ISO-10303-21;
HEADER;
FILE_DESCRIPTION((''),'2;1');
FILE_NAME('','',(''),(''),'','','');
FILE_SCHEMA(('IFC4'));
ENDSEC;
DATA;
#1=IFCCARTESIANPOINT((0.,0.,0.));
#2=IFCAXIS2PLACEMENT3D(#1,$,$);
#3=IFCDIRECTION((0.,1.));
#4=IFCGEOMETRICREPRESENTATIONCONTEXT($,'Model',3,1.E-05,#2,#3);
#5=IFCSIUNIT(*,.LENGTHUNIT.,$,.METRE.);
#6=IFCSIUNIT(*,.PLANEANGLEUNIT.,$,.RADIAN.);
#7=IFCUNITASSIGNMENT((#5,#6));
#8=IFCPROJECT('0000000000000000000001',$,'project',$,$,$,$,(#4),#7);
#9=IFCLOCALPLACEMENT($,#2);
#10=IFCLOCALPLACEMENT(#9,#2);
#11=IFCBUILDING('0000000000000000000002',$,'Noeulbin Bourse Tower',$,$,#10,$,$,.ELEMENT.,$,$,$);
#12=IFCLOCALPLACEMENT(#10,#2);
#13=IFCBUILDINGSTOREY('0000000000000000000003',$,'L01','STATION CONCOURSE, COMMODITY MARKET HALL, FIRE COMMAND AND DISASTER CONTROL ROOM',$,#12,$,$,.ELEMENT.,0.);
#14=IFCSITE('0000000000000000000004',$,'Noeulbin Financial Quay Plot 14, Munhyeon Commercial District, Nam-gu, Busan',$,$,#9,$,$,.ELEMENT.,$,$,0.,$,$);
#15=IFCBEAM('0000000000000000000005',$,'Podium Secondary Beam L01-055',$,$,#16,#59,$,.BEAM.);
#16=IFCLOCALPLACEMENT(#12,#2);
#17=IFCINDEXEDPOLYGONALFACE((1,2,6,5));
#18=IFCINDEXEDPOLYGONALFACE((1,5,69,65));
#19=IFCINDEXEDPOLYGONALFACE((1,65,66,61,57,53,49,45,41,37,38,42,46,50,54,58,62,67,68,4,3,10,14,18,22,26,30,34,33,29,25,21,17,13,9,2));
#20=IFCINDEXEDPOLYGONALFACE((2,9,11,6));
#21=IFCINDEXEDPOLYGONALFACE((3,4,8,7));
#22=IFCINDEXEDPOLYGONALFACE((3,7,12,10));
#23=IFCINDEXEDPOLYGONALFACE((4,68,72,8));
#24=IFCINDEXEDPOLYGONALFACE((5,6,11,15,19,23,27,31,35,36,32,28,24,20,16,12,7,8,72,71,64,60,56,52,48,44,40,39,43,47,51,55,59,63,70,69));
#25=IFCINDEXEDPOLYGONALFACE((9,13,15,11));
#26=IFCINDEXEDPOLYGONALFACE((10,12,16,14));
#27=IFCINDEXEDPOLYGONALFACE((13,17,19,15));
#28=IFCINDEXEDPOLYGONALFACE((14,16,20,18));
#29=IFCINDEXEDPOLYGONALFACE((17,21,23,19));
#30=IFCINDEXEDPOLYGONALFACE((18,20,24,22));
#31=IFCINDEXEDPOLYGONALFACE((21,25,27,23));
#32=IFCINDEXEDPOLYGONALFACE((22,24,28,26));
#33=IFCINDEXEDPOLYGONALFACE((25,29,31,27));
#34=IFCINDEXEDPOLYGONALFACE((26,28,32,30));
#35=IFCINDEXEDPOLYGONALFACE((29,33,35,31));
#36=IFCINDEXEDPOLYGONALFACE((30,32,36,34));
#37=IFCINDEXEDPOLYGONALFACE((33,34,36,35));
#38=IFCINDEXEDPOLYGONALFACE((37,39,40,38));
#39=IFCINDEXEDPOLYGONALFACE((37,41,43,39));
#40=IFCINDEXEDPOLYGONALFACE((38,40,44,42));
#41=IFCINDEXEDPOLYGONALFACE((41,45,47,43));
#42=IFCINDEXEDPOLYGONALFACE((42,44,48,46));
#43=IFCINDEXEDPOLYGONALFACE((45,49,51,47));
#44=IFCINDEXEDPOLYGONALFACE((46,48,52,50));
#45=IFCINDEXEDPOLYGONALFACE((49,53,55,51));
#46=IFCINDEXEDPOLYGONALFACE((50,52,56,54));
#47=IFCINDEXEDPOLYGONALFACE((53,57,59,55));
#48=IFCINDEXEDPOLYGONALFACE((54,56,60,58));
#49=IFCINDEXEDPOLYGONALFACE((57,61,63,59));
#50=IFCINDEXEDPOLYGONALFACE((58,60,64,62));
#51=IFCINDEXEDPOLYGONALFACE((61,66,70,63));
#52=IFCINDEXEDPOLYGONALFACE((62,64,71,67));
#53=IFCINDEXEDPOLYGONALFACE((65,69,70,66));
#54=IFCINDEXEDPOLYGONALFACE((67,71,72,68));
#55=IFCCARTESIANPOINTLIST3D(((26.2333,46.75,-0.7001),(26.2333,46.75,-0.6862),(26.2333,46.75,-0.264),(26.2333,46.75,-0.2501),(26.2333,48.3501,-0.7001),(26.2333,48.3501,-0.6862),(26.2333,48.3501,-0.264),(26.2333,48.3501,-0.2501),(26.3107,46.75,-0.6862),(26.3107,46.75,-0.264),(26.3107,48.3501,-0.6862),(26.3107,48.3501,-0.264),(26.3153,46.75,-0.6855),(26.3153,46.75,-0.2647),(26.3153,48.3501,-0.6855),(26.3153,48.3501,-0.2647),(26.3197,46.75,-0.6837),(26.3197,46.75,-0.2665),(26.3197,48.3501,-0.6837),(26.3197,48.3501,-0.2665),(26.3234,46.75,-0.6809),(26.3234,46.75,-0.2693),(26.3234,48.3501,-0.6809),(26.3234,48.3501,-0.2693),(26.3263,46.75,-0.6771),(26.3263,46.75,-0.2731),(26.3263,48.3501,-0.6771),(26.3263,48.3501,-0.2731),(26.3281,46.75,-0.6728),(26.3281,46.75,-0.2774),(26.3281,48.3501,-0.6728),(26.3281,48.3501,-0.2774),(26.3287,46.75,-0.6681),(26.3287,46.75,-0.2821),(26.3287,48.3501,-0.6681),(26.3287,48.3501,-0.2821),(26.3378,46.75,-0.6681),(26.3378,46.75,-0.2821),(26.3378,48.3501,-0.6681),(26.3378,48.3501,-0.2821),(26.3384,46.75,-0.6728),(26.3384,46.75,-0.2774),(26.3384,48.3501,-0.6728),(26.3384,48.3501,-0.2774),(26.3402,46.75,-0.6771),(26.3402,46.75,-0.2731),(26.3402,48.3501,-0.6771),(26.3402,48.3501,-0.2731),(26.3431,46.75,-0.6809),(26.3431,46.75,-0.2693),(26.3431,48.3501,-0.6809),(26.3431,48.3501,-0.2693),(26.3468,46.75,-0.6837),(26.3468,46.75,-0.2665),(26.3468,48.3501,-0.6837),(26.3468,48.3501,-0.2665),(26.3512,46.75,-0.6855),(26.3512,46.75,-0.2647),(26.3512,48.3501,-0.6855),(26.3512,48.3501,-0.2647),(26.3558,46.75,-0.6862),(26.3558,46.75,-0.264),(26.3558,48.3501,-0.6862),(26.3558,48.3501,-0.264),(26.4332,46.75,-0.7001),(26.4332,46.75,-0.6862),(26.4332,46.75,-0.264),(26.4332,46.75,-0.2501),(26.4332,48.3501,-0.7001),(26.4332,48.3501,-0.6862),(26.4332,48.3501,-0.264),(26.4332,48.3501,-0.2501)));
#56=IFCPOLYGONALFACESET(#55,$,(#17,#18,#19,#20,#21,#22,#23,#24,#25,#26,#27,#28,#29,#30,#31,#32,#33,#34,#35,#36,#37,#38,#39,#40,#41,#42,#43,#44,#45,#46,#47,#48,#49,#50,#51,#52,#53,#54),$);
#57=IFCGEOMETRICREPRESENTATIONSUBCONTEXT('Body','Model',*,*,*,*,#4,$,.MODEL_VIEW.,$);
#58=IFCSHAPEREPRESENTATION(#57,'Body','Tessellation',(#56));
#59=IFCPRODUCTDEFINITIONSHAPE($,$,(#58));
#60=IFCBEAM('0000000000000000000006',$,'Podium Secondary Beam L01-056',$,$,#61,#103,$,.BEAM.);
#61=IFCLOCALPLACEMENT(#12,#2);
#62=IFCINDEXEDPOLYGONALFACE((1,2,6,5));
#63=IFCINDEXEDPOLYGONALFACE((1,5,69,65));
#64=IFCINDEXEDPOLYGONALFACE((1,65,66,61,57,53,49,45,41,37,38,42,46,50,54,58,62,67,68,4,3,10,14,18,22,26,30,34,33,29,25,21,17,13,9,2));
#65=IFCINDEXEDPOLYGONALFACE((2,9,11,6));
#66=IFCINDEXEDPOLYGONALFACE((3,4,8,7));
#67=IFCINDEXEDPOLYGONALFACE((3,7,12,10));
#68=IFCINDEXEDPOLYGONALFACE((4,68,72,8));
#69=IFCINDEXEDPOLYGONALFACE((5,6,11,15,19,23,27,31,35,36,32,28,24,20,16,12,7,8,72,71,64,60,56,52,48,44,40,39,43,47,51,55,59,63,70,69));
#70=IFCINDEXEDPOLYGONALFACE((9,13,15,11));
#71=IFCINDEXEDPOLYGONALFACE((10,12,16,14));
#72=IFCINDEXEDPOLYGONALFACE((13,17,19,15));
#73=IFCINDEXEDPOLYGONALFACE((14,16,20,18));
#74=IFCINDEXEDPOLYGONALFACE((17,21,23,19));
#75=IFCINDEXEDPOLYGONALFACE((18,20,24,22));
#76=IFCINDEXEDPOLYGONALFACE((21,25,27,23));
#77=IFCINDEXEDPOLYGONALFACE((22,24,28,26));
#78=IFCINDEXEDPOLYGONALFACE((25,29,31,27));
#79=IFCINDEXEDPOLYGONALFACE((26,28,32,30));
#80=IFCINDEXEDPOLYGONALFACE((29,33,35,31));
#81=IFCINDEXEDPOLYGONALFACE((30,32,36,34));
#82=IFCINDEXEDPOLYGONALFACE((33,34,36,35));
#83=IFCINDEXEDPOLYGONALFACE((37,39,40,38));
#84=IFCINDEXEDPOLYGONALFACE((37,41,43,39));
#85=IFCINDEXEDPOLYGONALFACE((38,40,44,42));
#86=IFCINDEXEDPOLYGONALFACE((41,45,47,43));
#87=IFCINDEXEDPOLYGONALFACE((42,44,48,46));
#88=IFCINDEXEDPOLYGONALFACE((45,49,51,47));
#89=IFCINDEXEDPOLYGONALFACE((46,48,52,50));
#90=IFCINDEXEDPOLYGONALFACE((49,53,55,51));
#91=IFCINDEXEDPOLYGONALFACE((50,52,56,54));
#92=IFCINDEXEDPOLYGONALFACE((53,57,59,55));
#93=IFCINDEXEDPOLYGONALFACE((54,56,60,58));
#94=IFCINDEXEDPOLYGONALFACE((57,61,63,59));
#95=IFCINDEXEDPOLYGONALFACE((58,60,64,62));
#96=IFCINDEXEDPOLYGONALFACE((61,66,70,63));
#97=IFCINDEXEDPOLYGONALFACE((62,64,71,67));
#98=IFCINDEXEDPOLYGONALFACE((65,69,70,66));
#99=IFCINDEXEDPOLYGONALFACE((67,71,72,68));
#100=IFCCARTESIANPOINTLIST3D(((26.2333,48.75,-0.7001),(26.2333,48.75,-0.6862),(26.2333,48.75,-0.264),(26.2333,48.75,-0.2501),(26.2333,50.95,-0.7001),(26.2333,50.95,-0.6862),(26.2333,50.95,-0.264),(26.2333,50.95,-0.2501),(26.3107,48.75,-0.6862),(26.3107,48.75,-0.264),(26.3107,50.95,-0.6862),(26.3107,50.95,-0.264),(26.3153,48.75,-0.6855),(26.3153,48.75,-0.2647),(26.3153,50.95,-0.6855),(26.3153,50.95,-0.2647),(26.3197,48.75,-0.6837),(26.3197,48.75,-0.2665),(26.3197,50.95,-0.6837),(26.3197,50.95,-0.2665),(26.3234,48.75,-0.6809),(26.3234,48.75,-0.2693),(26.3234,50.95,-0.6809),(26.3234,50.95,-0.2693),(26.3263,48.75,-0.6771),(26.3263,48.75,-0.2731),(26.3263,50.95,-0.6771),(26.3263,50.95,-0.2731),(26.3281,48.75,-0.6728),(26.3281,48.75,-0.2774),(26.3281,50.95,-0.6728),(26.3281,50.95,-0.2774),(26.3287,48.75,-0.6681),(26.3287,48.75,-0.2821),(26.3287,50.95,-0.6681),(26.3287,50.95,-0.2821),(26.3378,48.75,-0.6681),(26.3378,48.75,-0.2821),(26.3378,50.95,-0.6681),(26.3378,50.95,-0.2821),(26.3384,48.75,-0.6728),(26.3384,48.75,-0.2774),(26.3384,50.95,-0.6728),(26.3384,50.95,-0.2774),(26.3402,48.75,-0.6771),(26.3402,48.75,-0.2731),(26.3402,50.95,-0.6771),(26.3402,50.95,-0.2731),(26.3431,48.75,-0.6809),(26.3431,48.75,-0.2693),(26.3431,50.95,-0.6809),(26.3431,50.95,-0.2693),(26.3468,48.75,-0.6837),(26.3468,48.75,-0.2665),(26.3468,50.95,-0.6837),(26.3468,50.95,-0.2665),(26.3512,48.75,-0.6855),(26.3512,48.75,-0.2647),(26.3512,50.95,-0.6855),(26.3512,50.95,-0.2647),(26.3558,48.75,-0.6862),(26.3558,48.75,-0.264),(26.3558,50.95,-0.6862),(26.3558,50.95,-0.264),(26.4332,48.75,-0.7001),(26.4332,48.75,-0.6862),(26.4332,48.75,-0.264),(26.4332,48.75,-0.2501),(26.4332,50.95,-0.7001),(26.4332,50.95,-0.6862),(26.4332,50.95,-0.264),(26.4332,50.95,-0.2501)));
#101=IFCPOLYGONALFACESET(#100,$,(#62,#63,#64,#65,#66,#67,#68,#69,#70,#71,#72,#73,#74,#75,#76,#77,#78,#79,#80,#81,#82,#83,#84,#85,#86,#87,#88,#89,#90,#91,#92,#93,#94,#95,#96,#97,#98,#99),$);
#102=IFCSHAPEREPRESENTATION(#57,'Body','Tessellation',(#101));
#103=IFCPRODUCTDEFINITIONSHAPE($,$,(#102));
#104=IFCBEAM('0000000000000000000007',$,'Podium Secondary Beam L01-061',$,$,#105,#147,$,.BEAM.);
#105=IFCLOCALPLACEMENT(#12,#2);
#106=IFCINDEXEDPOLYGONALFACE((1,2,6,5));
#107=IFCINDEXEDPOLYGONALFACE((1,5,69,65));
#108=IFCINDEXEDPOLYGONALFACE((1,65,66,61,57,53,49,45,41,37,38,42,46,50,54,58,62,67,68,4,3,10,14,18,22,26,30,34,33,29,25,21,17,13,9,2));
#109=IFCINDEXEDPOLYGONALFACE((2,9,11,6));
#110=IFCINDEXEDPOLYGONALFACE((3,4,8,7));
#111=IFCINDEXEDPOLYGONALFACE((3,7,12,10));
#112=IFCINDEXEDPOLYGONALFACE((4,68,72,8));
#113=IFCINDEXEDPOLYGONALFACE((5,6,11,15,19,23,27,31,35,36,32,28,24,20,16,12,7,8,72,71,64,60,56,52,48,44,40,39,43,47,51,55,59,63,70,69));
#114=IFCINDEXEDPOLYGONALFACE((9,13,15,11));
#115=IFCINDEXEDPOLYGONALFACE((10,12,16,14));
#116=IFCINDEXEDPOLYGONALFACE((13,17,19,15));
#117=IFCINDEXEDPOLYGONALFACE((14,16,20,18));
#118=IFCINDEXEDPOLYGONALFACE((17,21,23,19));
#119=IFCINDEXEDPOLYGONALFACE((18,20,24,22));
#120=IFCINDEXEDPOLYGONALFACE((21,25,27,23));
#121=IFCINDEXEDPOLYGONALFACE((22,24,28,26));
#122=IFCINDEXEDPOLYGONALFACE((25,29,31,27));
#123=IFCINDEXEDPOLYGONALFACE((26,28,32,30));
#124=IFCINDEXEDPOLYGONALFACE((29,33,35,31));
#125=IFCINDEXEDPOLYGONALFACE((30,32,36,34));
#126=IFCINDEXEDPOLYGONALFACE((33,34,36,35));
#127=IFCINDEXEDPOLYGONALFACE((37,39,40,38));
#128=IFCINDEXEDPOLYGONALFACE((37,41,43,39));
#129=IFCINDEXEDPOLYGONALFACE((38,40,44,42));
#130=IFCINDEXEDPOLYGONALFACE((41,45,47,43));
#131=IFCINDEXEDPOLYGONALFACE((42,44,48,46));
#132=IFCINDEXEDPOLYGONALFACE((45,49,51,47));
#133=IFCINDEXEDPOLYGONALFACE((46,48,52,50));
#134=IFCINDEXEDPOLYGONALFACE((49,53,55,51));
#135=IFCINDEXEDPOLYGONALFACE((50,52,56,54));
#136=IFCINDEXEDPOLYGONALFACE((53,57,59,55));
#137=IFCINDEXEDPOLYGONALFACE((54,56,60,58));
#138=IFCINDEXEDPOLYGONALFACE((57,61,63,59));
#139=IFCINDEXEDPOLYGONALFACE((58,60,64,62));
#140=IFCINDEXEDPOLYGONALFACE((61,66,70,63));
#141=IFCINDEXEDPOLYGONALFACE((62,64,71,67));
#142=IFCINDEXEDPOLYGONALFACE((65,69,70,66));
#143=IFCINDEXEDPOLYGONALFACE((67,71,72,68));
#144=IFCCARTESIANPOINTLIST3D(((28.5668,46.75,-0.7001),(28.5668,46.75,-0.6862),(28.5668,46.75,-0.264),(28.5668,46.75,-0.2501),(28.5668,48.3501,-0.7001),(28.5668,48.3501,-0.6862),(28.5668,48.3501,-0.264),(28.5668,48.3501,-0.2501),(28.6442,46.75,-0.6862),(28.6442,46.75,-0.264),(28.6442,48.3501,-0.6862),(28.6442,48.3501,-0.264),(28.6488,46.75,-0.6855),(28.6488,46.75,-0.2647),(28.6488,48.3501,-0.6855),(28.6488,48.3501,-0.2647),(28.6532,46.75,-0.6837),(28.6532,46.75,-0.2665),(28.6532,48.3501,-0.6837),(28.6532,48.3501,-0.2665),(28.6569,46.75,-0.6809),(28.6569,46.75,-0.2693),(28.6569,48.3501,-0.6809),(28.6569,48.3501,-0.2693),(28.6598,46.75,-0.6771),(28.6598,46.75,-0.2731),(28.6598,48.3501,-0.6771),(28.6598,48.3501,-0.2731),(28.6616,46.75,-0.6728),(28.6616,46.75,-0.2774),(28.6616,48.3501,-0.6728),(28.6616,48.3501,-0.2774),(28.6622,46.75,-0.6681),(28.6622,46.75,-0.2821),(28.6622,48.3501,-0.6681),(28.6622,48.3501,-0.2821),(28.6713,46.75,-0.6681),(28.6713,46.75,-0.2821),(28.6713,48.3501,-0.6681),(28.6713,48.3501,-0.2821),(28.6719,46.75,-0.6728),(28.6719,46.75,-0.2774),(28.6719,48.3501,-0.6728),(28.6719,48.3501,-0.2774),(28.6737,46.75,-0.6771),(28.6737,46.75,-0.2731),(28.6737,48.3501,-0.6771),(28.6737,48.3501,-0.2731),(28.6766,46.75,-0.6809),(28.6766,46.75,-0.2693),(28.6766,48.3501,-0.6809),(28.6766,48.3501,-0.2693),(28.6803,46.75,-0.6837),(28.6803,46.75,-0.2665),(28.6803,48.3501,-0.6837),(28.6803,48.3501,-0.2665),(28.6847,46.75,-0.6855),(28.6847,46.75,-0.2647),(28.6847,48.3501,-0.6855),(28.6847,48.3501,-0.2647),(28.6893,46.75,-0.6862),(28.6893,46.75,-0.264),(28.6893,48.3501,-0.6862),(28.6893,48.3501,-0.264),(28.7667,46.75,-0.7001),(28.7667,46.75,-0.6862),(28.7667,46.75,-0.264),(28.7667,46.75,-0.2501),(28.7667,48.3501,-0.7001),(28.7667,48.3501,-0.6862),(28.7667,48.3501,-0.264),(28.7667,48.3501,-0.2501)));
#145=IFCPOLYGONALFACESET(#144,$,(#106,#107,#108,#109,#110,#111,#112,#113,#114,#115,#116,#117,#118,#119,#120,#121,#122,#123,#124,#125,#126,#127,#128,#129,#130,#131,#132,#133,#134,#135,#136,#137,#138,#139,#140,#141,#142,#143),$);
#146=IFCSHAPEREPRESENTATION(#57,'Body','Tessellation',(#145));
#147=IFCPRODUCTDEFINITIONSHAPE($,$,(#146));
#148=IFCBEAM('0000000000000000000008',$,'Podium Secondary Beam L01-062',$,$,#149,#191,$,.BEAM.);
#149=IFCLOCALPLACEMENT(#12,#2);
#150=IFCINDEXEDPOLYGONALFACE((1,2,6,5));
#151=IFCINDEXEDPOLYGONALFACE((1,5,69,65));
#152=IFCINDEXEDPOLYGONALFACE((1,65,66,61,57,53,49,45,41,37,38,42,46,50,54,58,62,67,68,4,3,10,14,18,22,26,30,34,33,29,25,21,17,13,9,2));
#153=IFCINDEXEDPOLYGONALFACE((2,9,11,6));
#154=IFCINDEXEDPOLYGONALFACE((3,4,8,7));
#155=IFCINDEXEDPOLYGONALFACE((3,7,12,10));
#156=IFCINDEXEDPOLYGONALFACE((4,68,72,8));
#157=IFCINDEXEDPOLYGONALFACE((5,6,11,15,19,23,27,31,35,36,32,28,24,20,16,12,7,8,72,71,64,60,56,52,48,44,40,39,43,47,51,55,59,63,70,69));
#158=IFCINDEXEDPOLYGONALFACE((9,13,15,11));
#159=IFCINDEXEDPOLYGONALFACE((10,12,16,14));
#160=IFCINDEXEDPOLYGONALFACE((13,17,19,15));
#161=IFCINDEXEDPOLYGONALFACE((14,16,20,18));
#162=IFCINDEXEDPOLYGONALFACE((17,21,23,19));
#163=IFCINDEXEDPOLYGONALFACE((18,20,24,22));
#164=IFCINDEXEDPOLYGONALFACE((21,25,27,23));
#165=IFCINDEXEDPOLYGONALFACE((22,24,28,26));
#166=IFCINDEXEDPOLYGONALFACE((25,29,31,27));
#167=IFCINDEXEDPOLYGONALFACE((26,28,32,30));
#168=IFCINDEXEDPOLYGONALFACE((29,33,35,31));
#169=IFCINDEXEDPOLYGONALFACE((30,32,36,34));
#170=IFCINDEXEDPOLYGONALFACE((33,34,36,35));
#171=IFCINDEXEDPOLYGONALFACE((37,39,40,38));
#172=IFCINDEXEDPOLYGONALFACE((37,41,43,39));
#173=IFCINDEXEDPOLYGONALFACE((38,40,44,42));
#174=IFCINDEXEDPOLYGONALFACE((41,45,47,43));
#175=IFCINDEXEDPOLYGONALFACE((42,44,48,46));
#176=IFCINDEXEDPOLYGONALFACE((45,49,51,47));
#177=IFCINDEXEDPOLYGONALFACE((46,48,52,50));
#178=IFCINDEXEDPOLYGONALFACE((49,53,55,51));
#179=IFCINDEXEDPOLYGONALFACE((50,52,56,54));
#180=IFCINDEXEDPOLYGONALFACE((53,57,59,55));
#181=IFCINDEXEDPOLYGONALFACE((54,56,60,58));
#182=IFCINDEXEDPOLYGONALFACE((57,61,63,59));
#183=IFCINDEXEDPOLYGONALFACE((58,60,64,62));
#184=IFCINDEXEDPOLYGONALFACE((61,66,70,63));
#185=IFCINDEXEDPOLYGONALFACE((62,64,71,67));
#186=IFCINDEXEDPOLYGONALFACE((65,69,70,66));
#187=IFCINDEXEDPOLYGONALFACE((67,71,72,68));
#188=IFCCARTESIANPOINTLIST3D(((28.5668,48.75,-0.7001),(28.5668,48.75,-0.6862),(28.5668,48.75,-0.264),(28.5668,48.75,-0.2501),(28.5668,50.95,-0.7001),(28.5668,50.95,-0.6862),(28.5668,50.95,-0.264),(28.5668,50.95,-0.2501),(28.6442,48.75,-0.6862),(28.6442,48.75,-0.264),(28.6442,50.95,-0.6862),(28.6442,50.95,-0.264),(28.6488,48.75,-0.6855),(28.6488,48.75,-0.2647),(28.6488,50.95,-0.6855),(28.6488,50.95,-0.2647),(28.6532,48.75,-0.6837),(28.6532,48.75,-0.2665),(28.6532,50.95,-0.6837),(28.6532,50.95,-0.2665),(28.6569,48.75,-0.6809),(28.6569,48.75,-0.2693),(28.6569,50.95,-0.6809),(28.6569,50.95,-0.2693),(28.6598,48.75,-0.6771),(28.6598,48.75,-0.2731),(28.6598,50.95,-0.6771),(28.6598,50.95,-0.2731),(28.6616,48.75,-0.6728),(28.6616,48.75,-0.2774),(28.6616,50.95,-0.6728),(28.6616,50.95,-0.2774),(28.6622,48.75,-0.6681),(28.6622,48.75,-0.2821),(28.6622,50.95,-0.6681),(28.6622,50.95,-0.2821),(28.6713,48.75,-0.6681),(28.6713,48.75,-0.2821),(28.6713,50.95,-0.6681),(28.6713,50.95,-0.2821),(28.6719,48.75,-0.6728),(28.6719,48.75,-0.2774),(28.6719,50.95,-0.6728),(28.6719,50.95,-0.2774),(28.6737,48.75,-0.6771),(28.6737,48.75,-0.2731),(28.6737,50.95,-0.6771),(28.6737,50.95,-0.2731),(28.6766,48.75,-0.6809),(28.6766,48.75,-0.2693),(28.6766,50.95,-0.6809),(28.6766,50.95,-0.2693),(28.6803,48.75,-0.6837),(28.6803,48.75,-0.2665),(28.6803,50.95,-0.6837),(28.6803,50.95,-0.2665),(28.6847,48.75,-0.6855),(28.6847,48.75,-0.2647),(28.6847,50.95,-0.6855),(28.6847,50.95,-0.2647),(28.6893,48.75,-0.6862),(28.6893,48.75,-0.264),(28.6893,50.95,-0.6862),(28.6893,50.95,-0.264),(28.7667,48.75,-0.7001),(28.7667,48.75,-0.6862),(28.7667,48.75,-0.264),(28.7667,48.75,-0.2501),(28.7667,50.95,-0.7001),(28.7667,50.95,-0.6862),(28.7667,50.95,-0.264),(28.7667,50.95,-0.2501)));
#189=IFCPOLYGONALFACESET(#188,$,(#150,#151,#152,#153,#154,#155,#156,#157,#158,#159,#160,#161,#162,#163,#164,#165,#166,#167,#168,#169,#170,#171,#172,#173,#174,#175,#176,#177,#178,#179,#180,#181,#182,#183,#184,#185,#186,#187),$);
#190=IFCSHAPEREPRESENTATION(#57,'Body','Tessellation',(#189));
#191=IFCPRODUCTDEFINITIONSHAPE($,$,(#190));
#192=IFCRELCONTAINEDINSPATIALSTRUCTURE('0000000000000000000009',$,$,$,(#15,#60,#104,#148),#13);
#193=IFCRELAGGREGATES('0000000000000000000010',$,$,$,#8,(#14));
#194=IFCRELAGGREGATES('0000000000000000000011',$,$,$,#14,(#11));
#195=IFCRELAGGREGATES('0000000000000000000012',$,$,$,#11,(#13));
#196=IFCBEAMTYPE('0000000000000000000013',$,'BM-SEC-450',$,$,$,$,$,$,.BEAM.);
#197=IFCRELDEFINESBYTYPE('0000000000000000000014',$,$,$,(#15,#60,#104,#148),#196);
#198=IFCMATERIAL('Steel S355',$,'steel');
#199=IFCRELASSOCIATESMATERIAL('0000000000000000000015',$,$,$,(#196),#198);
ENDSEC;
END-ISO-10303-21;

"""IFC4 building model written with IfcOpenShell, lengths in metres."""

from ifc_helpers import new_model, si_unit, direction, frame, origin, origin_2d, place, context, subcontext, project, spatial, i_section, extrude, material, material_profile, profile_set, type_object, element, save


model = new_model("IFC4")

# Units and contexts
model_context = context("Model", 3, precision=1e-05, world=origin(), true_north=direction((0.0, 1.0)))
body_context = subcontext(model_context, "Body", "Model", "MODEL_VIEW")
ifc_project = project(units=[si_unit("LENGTHUNIT", "METRE"), si_unit("PLANEANGLEUNIT", "RADIAN")], contexts=[model_context])

# Site, building, storey
site_placement = place(None, origin())
site = spatial("IfcSite", under=ifc_project, at=site_placement, Name="Noeulbin Financial Quay Plot 14, Munhyeon Commercial District, Nam-gu, Busan", CompositionType="ELEMENT", RefElevation=0.0)
building_placement = place(site_placement, origin())
building = spatial("IfcBuilding", under=site, at=building_placement, Name="Noeulbin Bourse Tower", CompositionType="ELEMENT")
storey_placement = place(building_placement, origin())
storey = spatial("IfcBuildingStorey", under=building, at=storey_placement, Name="L01", Description="STATION CONCOURSE, COMMODITY MARKET HALL, FIRE COMMAND AND DISASTER CONTROL ROOM", CompositionType="ELEMENT", Elevation=0.0)

# Beams
ifc_material_1 = material(Name="Steel S355", Category="steel")
ifc_material_profile_1 = material_profile(ifc_material_1, i_section(OverallWidth=0.2, OverallDepth=0.45, WebThickness=0.009, FlangeThickness=0.0139, FilletRadius=0.0181, at=origin_2d()), Name="H-450x200x9x14", Category="LoadBearing")
ifc_profile_set_1 = profile_set([ifc_material_profile_1], Name="Steel S355")
beam_type_1 = type_object("IfcBeamType", Name="BM-SEC-450", PredefinedType="BEAM", material=ifc_profile_set_1)
beam_1_placement = place(storey_placement, frame((26.3333, 46.75, -0.4751), z_axis=(0.0, 1.0, 0.0), x_axis=(-1.0, 0.0, 0.0)))
element("IfcBeam", 1, at=beam_1_placement, inside=storey, type_object=beam_type_1, Name="Podium Secondary Beam L01-055", PredefinedType="BEAM", context=body_context, shape_type="SweptSolid", body=[
    extrude(i_section(OverallWidth=0.2, OverallDepth=0.45, WebThickness=0.009, FlangeThickness=0.0139, FilletRadius=0.0181, at=origin_2d()), origin(), (0.0, 0.0, 1.0), 1.6001),
])
beam_2_placement = place(storey_placement, frame((26.3333, 48.75, -0.4751), z_axis=(0.0, 1.0, 0.0), x_axis=(-1.0, 0.0, 0.0)))
element("IfcBeam", 2, at=beam_2_placement, inside=storey, type_object=beam_type_1, Name="Podium Secondary Beam L01-056", PredefinedType="BEAM", context=body_context, shape_type="SweptSolid", body=[
    extrude(i_section(OverallWidth=0.2, OverallDepth=0.45, WebThickness=0.009, FlangeThickness=0.0139, FilletRadius=0.0181, at=origin_2d()), origin(), (0.0, 0.0, 1.0), 2.2),
])
beam_3_placement = place(storey_placement, frame((28.6667, 46.75, -0.4751), z_axis=(0.0, 1.0, 0.0), x_axis=(-1.0, 0.0, 0.0)))
element("IfcBeam", 3, at=beam_3_placement, inside=storey, type_object=beam_type_1, Name="Podium Secondary Beam L01-061", PredefinedType="BEAM", context=body_context, shape_type="SweptSolid", body=[
    extrude(i_section(OverallWidth=0.2, OverallDepth=0.45, WebThickness=0.009, FlangeThickness=0.0139, FilletRadius=0.0181, at=origin_2d()), origin(), (0.0, 0.0, 1.0), 1.6001),
])
beam_4_placement = place(storey_placement, frame((28.6667, 48.75, -0.4751), z_axis=(0.0, 1.0, 0.0), x_axis=(-1.0, 0.0, 0.0)))
element("IfcBeam", 4, at=beam_4_placement, inside=storey, type_object=beam_type_1, Name="Podium Secondary Beam L01-062", PredefinedType="BEAM", context=body_context, shape_type="SweptSolid", body=[
    extrude(i_section(OverallWidth=0.2, OverallDepth=0.45, WebThickness=0.009, FlangeThickness=0.0139, FilletRadius=0.0181, at=origin_2d()), origin(), (0.0, 0.0, 1.0), 2.2),
])

save(model, "model.ifc")
